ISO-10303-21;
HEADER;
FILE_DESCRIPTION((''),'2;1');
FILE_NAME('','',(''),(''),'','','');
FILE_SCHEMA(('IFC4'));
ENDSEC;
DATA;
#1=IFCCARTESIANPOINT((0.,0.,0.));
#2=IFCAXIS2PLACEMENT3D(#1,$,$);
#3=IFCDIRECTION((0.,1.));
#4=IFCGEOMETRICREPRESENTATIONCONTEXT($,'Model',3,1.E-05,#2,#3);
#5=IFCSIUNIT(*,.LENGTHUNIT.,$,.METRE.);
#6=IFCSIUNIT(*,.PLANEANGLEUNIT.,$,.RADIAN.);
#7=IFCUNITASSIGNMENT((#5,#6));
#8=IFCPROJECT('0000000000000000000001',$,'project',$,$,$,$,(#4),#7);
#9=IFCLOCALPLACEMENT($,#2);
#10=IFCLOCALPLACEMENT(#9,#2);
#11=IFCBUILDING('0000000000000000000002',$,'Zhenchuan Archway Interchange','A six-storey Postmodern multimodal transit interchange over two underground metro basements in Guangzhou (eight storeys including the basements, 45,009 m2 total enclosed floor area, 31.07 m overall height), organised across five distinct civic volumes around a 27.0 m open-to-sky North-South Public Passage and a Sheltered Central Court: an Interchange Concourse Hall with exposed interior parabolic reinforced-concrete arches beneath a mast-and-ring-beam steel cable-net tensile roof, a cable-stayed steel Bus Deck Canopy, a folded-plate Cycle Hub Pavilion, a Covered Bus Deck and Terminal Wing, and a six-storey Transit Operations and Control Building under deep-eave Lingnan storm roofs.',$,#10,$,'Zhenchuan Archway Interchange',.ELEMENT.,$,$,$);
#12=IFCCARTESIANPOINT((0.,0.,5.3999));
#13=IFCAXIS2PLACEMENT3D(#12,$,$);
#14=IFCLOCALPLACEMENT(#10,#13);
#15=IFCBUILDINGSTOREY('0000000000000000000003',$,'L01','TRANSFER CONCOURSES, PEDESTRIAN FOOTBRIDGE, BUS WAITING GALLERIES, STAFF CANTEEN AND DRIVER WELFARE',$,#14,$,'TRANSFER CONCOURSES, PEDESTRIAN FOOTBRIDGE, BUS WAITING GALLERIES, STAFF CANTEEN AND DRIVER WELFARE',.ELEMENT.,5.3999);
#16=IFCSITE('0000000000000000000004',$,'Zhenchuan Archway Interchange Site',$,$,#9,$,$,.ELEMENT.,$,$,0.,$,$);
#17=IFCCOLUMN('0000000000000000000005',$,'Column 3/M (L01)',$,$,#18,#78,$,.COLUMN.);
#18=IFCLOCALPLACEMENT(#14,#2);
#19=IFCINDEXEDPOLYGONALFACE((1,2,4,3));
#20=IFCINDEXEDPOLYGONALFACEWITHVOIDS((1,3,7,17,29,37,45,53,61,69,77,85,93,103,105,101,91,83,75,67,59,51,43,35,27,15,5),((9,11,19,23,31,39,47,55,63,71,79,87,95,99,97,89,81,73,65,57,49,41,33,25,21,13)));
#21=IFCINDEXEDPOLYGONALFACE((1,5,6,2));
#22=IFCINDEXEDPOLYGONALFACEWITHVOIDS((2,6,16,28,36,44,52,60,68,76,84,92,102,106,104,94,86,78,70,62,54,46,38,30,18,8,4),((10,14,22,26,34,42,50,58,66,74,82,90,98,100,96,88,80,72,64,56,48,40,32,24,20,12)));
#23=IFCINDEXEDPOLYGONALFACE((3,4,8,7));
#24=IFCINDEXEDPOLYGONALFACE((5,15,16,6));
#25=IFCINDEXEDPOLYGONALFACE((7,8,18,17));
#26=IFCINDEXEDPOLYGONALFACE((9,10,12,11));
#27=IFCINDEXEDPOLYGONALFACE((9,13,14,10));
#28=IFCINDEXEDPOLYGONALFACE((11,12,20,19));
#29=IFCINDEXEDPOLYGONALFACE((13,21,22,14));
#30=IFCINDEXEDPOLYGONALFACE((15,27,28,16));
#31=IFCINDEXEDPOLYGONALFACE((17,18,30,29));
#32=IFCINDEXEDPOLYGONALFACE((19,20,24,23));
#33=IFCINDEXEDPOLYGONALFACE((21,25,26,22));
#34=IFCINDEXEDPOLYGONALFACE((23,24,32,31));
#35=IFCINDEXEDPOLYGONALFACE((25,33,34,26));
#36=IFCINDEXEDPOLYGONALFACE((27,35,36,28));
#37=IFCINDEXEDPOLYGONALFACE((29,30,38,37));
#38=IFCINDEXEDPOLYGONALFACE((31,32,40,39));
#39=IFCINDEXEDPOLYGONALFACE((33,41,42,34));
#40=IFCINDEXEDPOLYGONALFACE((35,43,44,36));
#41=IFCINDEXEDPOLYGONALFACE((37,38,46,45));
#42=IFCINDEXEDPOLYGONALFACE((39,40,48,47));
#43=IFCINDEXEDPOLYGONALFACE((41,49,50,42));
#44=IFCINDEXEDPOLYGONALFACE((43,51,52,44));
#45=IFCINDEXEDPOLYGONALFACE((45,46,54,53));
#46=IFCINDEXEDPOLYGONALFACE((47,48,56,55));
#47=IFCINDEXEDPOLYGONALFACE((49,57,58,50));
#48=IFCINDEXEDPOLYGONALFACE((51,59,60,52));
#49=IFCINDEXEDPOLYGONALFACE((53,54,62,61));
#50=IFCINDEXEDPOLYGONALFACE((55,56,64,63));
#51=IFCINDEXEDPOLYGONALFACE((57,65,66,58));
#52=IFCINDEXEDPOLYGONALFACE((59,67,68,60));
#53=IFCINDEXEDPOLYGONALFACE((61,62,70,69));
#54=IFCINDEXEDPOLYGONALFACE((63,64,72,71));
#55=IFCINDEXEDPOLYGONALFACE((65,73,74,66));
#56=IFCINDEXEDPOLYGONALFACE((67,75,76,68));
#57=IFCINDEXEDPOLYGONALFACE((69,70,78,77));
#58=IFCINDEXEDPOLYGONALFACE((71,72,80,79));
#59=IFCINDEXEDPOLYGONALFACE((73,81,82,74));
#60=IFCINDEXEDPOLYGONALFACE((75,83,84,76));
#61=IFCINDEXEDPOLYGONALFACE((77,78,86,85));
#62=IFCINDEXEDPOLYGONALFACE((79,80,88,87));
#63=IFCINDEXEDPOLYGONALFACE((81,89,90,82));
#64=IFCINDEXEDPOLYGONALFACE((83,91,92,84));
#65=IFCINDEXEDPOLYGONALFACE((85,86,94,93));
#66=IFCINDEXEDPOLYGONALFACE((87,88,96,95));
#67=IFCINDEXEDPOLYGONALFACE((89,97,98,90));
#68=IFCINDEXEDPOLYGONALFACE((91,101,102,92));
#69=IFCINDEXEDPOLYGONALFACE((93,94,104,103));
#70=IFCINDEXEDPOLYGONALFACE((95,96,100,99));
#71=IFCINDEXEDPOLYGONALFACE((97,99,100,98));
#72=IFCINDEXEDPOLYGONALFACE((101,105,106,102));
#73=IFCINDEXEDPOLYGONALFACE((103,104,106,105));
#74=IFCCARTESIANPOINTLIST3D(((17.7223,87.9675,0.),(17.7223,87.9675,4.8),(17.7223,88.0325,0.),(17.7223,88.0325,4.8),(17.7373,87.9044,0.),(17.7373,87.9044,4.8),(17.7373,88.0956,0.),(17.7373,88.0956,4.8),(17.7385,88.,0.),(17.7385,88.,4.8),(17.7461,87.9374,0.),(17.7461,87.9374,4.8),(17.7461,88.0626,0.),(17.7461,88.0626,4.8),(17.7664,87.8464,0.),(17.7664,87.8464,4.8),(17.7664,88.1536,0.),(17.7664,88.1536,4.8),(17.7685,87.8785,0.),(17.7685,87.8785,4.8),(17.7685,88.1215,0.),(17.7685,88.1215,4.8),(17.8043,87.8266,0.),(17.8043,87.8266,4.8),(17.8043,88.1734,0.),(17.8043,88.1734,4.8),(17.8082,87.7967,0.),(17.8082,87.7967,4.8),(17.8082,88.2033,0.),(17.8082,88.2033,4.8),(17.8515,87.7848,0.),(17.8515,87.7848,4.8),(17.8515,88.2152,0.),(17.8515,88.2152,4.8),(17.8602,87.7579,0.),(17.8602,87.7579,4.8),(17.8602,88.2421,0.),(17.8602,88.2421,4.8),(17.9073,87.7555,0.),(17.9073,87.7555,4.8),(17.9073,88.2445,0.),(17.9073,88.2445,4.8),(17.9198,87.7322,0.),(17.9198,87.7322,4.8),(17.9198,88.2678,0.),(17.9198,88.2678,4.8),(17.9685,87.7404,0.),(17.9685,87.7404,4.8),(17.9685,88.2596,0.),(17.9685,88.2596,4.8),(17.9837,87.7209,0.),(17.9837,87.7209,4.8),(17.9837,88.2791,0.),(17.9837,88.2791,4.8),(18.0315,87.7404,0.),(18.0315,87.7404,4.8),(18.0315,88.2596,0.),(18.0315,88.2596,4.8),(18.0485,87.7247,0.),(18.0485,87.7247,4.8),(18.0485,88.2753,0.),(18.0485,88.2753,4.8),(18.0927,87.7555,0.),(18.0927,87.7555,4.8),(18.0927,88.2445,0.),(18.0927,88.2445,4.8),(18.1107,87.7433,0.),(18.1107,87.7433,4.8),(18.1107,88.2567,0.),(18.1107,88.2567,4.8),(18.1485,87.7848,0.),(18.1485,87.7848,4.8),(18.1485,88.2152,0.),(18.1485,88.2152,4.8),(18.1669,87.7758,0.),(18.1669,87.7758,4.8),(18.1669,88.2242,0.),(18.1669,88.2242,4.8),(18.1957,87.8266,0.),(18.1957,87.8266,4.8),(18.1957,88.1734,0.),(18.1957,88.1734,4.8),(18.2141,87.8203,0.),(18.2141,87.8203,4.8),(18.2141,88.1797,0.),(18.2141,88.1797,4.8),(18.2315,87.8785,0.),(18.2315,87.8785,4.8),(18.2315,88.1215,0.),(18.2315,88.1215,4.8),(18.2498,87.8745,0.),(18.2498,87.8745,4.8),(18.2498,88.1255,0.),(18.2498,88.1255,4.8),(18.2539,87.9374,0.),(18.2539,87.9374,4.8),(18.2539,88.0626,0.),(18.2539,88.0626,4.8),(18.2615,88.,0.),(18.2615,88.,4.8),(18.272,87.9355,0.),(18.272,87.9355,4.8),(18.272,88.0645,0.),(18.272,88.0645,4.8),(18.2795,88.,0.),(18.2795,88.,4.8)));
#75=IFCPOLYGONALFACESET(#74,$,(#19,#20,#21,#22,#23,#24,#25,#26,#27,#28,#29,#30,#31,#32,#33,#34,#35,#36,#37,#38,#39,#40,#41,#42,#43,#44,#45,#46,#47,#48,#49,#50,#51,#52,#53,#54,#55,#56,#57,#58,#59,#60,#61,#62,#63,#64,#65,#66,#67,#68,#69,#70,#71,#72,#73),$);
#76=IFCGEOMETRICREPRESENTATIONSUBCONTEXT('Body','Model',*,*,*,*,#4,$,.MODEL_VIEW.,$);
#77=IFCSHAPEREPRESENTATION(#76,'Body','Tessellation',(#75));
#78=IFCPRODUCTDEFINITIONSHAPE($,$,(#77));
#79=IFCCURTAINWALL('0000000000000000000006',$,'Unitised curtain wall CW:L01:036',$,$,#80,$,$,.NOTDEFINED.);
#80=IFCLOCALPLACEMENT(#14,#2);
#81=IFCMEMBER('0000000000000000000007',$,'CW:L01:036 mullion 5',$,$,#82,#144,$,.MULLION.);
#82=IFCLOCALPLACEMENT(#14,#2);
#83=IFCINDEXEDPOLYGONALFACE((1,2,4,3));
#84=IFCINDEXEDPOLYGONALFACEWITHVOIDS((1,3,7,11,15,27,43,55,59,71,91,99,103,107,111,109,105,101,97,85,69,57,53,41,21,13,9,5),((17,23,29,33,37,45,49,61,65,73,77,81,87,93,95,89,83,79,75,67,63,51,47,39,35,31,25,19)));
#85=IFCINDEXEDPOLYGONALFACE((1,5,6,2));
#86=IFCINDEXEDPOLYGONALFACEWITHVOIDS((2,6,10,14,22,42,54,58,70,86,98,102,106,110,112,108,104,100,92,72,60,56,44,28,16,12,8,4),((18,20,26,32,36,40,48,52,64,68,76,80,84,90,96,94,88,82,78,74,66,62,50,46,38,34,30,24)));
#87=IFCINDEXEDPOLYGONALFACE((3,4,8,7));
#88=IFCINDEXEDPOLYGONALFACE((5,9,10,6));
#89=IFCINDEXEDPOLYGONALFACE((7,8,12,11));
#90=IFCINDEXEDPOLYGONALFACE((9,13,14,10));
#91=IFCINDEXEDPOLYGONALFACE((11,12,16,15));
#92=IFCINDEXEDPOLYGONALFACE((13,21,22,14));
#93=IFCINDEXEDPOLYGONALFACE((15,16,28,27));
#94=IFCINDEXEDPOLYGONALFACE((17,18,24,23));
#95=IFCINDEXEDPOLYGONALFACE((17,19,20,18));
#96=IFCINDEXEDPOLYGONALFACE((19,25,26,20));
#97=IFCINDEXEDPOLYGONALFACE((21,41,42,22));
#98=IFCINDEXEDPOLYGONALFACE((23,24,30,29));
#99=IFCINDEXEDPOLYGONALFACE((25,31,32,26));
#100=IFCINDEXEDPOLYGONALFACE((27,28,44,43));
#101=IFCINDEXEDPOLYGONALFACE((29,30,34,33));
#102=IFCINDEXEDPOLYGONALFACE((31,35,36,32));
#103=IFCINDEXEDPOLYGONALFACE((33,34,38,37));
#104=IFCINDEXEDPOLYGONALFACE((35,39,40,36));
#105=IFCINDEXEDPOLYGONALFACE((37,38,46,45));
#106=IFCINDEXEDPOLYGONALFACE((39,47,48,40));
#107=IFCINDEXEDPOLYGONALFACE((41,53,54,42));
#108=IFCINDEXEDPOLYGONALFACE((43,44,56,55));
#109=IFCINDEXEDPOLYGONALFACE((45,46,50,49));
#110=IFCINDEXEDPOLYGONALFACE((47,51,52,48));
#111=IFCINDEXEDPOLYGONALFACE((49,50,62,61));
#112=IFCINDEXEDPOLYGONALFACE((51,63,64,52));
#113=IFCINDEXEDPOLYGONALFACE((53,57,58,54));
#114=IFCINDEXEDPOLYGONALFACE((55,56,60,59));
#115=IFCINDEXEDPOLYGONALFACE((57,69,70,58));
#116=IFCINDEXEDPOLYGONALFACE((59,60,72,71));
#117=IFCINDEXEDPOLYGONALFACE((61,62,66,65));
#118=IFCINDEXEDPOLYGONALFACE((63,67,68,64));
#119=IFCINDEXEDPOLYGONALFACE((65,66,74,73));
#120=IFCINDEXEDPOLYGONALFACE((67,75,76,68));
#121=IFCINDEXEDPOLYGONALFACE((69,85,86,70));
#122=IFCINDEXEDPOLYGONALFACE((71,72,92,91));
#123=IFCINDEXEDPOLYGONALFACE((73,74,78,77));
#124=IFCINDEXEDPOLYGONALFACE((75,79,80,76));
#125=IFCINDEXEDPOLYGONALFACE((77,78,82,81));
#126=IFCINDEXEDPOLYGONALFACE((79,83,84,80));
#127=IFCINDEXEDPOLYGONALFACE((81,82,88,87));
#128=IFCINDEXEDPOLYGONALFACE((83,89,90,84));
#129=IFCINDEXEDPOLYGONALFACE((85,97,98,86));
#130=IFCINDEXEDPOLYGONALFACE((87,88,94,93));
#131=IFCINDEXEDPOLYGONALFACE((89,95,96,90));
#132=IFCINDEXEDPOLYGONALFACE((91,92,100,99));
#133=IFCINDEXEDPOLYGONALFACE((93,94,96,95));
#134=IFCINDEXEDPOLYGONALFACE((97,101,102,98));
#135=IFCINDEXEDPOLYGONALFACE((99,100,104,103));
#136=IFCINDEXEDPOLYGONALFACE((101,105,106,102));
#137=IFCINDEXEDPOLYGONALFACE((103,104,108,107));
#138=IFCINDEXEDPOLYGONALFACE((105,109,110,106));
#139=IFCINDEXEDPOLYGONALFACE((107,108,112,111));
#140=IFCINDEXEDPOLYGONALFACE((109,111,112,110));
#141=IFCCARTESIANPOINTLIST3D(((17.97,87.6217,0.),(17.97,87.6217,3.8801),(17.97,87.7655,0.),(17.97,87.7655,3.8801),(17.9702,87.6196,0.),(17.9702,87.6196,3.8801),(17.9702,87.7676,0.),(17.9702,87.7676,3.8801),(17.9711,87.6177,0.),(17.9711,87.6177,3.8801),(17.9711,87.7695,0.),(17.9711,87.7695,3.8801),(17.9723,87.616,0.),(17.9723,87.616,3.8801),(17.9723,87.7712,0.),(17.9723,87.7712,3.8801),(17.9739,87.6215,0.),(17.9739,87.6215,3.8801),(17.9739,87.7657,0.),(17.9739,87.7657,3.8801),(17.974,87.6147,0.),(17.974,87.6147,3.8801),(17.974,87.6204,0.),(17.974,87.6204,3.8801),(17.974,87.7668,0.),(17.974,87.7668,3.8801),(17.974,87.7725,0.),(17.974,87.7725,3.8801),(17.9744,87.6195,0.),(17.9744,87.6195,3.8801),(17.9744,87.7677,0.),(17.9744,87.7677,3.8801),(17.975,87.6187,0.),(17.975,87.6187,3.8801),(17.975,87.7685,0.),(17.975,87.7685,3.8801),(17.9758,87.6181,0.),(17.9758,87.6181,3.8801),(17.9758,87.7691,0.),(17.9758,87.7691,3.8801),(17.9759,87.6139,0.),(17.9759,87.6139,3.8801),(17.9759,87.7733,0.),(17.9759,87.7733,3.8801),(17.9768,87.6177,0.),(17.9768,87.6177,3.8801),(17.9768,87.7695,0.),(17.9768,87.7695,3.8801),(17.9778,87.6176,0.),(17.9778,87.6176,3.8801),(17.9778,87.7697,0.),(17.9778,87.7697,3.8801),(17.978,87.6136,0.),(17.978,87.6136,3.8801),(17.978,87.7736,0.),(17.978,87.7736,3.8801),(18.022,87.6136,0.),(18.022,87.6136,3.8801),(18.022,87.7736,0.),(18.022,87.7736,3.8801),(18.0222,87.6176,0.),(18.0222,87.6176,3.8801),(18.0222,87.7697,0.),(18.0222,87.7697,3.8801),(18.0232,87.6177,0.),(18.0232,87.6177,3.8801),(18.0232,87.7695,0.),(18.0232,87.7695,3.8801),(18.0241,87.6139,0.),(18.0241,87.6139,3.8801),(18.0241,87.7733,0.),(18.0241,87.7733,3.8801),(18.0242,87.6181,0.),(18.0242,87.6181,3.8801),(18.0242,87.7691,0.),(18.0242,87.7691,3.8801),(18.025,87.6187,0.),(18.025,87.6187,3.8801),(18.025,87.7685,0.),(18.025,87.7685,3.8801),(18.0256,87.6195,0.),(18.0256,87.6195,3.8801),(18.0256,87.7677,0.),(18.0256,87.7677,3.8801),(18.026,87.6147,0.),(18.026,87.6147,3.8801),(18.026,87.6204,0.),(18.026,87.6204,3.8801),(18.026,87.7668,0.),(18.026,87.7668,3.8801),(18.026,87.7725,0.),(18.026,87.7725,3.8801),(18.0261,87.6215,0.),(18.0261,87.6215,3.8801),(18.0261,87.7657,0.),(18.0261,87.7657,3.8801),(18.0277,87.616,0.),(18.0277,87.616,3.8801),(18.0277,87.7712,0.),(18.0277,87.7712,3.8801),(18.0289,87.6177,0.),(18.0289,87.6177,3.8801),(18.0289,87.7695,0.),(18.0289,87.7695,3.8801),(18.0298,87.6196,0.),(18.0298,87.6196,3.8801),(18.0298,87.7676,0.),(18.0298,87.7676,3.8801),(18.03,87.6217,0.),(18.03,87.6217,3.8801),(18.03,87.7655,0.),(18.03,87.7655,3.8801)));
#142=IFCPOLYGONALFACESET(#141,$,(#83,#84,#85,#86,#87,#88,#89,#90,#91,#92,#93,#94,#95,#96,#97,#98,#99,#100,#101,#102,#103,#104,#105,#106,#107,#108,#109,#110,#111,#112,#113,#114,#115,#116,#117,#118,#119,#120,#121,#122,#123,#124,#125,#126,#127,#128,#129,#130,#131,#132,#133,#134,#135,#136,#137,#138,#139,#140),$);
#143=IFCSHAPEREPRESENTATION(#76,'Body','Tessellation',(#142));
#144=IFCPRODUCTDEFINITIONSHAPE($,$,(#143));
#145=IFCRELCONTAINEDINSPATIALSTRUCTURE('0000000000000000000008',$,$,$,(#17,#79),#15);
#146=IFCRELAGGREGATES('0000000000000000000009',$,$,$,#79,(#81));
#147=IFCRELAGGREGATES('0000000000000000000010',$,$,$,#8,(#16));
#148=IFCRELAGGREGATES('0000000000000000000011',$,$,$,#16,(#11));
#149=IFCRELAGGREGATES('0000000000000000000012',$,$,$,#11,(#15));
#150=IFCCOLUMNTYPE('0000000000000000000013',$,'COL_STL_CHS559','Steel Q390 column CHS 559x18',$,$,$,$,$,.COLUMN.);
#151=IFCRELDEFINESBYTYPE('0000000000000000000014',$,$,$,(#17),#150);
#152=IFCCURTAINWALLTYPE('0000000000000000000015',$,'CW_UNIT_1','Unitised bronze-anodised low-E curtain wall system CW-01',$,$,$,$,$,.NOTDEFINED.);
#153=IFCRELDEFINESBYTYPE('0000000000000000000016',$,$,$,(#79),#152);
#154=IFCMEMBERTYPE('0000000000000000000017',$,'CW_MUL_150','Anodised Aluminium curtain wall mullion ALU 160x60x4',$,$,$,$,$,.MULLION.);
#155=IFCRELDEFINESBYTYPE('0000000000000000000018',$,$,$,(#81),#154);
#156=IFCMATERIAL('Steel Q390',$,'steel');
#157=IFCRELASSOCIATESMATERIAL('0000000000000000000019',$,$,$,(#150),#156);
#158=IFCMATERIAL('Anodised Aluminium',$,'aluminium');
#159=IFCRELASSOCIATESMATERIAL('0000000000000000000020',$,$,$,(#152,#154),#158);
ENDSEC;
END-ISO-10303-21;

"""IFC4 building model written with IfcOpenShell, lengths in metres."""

from ifc_helpers import new_model, si_unit, direction, frame, origin, origin_2d, place, context, subcontext, project, spatial, hollow_rectangle, hollow_circle, extrude, material, material_profile, profile_set, type_object, element, aggregate, save


model = new_model("IFC4")

# Units and contexts
model_context = context("Model", 3, precision=1e-05, world=origin(), true_north=direction((0.0, 1.0)))
body_context = subcontext(model_context, "Body", "Model", "MODEL_VIEW")
ifc_project = project(units=[si_unit("LENGTHUNIT", "METRE"), si_unit("PLANEANGLEUNIT", "RADIAN")], contexts=[model_context])

# Site, building, storey
site_placement = place(None, origin())
site = spatial("IfcSite", under=ifc_project, at=site_placement, Name="Zhenchuan Archway Interchange Site", CompositionType="ELEMENT", RefElevation=0.0)
building_placement = place(site_placement, origin())
building = spatial("IfcBuilding", under=site, at=building_placement, Name="Zhenchuan Archway Interchange", Description="A six-storey Postmodern multimodal transit interchange over two underground metro basements in Guangzhou (eight storeys including the basements, 45,009 m2 total enclosed floor area, 31.07 m overall height), organised across five distinct civic volumes around a 27.0 m open-to-sky North-South Public Passage and a Sheltered Central Court: an Interchange Concourse Hall with exposed interior parabolic reinforced-concrete arches beneath a mast-and-ring-beam steel cable-net tensile roof, a cable-stayed steel Bus Deck Canopy, a folded-plate Cycle Hub Pavilion, a Covered Bus Deck and Terminal Wing, and a six-storey Transit Operations and Control Building under deep-eave Lingnan storm roofs.", LongName="Zhenchuan Archway Interchange", CompositionType="ELEMENT")
storey_placement = place(building_placement, frame((0.0, 0.0, 5.3999)))
storey = spatial("IfcBuildingStorey", under=building, at=storey_placement, Name="L01", Description="TRANSFER CONCOURSES, PEDESTRIAN FOOTBRIDGE, BUS WAITING GALLERIES, STAFF CANTEEN AND DRIVER WELFARE", LongName="TRANSFER CONCOURSES, PEDESTRIAN FOOTBRIDGE, BUS WAITING GALLERIES, STAFF CANTEEN AND DRIVER WELFARE", CompositionType="ELEMENT", Elevation=5.3999)

# Column
ifc_material_1 = material(Name="Steel Q390", Category="steel")
ifc_material_profile_1 = material_profile(ifc_material_1, hollow_circle(Radius=0.2795, WallThickness=0.0181, at=origin_2d()), Name="CHS 559x18")
ifc_profile_set_1 = profile_set([ifc_material_profile_1], Name="Steel Q390")
column_type = type_object("IfcColumnType", Name="COL_STL_CHS559", Description="Steel Q390 column CHS 559x18", PredefinedType="COLUMN", material=ifc_profile_set_1)
column_placement = place(storey_placement, frame((18.0, 88.0, 0.0), z_axis=(0.0, 0.0, 1.0), x_axis=(1.0, 0.0, 0.0)))
element("IfcColumn", 1, at=column_placement, inside=storey, type_object=column_type, Name="Column 3/M (L01)", PredefinedType="COLUMN", context=body_context, shape_type="SweptSolid", body=[
    extrude(hollow_circle(Radius=0.2795, WallThickness=0.0181, at=origin_2d()), origin(), (0.0, 0.0, 1.0), 4.8),
])

# Curtain wall, member
ifc_material_2 = material(Name="Anodised Aluminium", Category="aluminium")
curtain_wall_type_1 = type_object("IfcCurtainWallType", Name="CW_UNIT_1", Description="Unitised bronze-anodised low-E curtain wall system CW-01", PredefinedType="NOTDEFINED", material=ifc_material_2)
curtain_wall_1_placement = place(storey_placement, origin())
curtain_wall_1 = element("IfcCurtainWall", 2, at=curtain_wall_1_placement, inside=storey, type_object=curtain_wall_type_1, Name="Unitised curtain wall CW:L01:036", PredefinedType="NOTDEFINED")
ifc_material_profile_2 = material_profile(ifc_material_2, hollow_rectangle(XDim=0.0601, YDim=0.1599, WallThickness=0.0039, InnerFilletRadius=0.0039, OuterFilletRadius=0.0081, at=origin_2d()), Name="ALU 160x60x4")
ifc_profile_set_2 = profile_set([ifc_material_profile_2], Name="Anodised Aluminium")
member_type_1 = type_object("IfcMemberType", Name="CW_MUL_150", Description="Anodised Aluminium curtain wall mullion ALU 160x60x4", PredefinedType="MULLION", material=ifc_profile_set_2)
member_1_placement = place(storey_placement, frame((18.0, 87.6936, 0.0), z_axis=(0.0, 0.0, 1.0), x_axis=(1.0, 0.0, 0.0)))
member_1 = element("IfcMember", 3, at=member_1_placement, type_object=member_type_1, Name="CW:L01:036 mullion 5", PredefinedType="MULLION", context=body_context, shape_type="SweptSolid", body=[
    extrude(hollow_rectangle(XDim=0.0601, YDim=0.1599, WallThickness=0.0039, InnerFilletRadius=0.0039, OuterFilletRadius=0.0081, at=origin_2d()), origin(), (0.0, 0.0, 1.0), 3.8801),
])

aggregate(curtain_wall_1, [member_1])

save(model, "model.ifc")
